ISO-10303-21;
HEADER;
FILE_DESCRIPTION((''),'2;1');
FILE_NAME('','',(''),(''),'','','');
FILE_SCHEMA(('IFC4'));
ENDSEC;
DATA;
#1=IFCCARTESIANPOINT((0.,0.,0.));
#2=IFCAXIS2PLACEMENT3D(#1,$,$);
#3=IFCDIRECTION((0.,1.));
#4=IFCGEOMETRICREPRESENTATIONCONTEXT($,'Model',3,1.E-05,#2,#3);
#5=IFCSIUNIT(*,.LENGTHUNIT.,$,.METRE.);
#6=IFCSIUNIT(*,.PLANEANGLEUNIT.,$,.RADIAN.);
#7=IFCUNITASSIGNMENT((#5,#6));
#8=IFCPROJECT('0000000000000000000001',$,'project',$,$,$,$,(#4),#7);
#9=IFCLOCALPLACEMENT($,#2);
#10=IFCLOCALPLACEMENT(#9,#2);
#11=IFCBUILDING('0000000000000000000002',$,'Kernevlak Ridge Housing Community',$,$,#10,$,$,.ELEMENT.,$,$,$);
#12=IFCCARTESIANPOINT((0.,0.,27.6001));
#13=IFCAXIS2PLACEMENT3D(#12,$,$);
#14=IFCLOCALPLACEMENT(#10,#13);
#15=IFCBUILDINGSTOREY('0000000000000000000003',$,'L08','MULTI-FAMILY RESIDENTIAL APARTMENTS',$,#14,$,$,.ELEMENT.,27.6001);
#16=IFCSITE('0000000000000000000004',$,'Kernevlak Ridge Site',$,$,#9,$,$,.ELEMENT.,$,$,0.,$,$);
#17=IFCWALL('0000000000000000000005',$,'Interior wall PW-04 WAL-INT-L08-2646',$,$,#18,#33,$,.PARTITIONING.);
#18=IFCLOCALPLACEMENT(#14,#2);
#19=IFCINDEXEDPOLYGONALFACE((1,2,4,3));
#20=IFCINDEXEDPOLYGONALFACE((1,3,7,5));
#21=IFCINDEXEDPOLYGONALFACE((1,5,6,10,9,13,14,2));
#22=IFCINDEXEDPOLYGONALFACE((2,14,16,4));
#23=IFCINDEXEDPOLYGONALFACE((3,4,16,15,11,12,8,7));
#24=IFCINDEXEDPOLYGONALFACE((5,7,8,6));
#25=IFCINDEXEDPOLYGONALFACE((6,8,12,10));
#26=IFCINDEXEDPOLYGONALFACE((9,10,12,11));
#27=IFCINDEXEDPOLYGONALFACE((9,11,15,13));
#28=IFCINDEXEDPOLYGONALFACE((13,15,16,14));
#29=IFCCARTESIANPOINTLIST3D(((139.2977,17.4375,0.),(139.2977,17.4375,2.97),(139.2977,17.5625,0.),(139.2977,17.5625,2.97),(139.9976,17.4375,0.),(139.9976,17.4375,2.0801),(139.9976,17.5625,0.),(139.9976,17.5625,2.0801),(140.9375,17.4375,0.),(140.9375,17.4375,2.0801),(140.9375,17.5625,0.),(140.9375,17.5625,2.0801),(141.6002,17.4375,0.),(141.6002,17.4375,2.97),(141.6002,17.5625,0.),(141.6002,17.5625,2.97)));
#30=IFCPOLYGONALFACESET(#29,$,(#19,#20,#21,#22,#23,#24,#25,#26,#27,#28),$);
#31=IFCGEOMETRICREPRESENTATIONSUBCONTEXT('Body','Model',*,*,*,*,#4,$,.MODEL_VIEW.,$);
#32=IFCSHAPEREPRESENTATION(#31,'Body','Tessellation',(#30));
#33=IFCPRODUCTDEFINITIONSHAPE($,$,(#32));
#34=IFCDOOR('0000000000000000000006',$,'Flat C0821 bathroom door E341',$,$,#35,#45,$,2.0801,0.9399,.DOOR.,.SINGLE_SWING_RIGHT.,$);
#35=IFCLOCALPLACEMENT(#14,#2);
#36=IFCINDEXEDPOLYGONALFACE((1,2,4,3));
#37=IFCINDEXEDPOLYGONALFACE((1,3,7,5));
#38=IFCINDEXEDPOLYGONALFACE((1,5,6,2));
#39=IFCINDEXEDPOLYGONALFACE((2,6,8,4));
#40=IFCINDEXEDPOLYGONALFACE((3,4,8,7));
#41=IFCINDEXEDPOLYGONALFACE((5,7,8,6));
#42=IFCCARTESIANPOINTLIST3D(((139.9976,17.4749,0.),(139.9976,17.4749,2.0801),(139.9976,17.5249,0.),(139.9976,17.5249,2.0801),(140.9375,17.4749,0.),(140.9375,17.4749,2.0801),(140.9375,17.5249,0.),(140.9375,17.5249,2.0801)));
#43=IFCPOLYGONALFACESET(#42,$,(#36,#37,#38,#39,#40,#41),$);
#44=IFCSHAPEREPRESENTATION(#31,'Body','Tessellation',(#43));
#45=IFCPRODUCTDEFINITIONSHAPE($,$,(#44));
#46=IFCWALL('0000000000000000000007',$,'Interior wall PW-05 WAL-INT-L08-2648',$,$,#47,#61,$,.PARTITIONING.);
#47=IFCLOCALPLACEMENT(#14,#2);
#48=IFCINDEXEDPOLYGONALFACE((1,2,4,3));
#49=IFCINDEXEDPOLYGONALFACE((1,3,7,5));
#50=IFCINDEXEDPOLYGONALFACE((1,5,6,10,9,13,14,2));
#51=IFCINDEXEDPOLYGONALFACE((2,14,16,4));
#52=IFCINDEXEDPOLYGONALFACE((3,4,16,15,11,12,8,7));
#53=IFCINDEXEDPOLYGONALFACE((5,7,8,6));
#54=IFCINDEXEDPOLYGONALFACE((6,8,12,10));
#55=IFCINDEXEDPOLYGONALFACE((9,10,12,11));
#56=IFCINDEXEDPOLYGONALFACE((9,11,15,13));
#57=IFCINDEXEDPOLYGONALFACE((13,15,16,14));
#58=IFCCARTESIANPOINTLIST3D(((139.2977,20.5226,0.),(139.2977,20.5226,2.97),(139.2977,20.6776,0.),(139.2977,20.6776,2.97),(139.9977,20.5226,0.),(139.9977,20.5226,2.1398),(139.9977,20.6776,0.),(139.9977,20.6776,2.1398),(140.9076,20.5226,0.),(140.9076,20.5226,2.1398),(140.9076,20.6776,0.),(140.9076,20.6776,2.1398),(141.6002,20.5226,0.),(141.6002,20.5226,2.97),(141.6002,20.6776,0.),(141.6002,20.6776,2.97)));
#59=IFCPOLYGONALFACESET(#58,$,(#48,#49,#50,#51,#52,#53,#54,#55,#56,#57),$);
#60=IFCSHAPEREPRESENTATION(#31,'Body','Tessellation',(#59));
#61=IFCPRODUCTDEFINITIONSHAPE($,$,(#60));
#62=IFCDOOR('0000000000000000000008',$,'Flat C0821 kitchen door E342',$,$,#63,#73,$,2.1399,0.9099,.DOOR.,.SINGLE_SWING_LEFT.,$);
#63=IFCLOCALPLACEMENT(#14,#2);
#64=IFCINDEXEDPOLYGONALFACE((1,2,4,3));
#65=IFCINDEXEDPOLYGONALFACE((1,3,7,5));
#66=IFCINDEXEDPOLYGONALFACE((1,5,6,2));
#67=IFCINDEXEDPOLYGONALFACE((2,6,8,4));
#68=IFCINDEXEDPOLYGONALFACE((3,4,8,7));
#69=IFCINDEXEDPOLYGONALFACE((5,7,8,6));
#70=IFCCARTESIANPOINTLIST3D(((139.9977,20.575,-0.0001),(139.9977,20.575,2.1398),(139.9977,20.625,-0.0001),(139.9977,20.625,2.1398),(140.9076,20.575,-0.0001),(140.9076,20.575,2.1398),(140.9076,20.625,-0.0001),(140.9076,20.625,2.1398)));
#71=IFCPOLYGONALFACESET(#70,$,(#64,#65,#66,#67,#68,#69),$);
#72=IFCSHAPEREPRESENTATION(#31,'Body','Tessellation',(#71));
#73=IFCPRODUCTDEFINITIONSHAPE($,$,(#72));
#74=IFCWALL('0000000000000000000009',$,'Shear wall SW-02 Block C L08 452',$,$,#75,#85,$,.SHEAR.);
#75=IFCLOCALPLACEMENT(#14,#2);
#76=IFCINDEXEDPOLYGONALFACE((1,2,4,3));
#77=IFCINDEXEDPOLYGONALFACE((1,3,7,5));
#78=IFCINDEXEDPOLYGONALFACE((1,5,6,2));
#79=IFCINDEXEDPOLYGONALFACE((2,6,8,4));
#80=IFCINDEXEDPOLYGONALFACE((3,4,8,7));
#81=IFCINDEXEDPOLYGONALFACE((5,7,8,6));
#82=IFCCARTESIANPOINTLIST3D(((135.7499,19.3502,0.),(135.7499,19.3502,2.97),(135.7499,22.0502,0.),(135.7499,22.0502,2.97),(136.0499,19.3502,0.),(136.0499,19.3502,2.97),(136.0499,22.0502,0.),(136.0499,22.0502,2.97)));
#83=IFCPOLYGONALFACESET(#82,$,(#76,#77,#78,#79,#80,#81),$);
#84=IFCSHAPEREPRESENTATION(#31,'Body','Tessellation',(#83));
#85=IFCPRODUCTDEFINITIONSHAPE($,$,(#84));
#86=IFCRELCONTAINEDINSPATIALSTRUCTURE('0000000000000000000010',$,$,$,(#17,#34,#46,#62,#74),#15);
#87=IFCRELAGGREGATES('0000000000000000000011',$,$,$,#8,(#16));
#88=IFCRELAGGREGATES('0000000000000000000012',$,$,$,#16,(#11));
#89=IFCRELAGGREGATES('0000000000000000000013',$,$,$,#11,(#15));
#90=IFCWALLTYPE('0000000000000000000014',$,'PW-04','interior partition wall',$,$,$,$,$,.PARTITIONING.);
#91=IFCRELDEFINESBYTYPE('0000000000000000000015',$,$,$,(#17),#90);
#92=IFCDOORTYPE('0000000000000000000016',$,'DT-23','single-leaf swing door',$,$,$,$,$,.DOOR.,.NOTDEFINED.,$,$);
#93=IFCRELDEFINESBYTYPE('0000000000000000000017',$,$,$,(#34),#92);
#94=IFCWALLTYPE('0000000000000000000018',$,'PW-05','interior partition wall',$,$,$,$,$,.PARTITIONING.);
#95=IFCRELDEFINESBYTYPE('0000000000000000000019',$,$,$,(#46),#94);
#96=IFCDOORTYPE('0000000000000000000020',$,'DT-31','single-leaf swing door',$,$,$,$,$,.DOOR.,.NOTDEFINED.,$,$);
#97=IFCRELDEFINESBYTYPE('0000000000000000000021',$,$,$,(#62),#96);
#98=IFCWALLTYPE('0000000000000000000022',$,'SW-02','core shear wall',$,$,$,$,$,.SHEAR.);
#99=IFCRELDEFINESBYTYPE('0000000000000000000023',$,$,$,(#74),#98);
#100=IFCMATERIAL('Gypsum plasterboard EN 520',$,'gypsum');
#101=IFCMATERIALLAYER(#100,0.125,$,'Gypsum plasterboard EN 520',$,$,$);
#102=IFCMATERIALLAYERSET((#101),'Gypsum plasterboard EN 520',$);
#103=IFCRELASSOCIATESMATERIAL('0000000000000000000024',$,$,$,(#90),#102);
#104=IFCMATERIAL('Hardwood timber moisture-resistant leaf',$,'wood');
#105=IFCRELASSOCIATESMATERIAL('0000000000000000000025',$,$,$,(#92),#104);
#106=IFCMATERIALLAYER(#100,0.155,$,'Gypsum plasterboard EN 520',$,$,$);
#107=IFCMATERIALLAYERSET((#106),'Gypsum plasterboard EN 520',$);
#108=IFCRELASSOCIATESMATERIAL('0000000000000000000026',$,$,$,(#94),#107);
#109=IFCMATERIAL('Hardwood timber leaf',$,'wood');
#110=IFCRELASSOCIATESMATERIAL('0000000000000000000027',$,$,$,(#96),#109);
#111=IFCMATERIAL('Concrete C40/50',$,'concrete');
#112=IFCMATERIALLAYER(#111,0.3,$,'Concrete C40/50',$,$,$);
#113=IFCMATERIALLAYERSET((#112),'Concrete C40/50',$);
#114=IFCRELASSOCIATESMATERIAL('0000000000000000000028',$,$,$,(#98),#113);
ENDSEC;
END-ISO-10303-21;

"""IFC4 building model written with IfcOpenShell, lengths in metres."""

from ifc_helpers import new_model, si_unit, direction, frame, frame_2d, origin, place, context, subcontext, project, spatial, rectangle, extrude, material, layer, layer_set, type_object, element, fill, save


model = new_model("IFC4")

# Units and contexts
model_context = context("Model", 3, precision=1e-05, world=origin(), true_north=direction((0.0, 1.0)))
body_context = subcontext(model_context, "Body", "Model", "MODEL_VIEW")
ifc_project = project(units=[si_unit("LENGTHUNIT", "METRE"), si_unit("PLANEANGLEUNIT", "RADIAN")], contexts=[model_context])

# Site, building, storey
site_placement = place(None, origin())
site = spatial("IfcSite", under=ifc_project, at=site_placement, Name="Kernevlak Ridge Site", CompositionType="ELEMENT", RefElevation=0.0)
building_placement = place(site_placement, origin())
building = spatial("IfcBuilding", under=site, at=building_placement, Name="Kernevlak Ridge Housing Community", CompositionType="ELEMENT")
storey_placement = place(building_placement, frame((0.0, 0.0, 27.6001)))
storey = spatial("IfcBuildingStorey", under=building, at=storey_placement, Name="L08", Description="MULTI-FAMILY RESIDENTIAL APARTMENTS", CompositionType="ELEMENT", Elevation=27.6001)

# Walls, openings, doors
ifc_material_1 = material(Name="Gypsum plasterboard EN 520", Category="gypsum")
ifc_layer_1 = layer(ifc_material_1, 0.125, Name="Gypsum plasterboard EN 520")
ifc_layer_set_1 = layer_set([ifc_layer_1], Name="Gypsum plasterboard EN 520")
wall_type_1 = type_object("IfcWallType", Name="PW-04", Description="interior partition wall", PredefinedType="PARTITIONING", material=ifc_layer_set_1)
wall_1_placement = place(storey_placement, frame((139.2976, 17.5, 0.0), z_axis=(0.0, 0.0, 1.0), x_axis=(1.0, 0.0, 0.0)))
wall_1 = element("IfcWall", 1, at=wall_1_placement, inside=storey, type_object=wall_type_1, Name="Interior wall PW-04 WAL-INT-L08-2646", PredefinedType="PARTITIONING", context=body_context, shape_type="SweptSolid", body=[
    extrude(rectangle(XDim=2.3025, YDim=0.125, at=frame_2d((1.1514, 0.0))), origin(), (0.0, 0.0, 1.0), 2.97),
])
opening_1_placement = place(wall_1_placement, frame((0.7, 0.0, 0.0)))
opening_1 = element("IfcOpeningElement", 2, at=opening_1_placement, cuts=wall_1, PredefinedType="OPENING", context=body_context, shape_type="SweptSolid", body=[
    extrude(rectangle(XDim=0.9399, YDim=2.0801, at=frame_2d((0.47, 1.04))), frame((0.0, 0.0725, 0.0), z_axis=(0.0, -1.0, 0.0), x_axis=(1.0, 0.0, 0.0)), (0.0, 0.0, 1.0), 0.145),
])
ifc_material_2 = material(Name="Hardwood timber moisture-resistant leaf", Category="wood")
door_type_1 = type_object("IfcDoorType", Name="DT-23", Description="single-leaf swing door", OperationType="NOTDEFINED", PredefinedType="DOOR", material=ifc_material_2)
door_1_placement = place(opening_1_placement, origin())
door_1 = element("IfcDoor", 3, at=door_1_placement, inside=storey, type_object=door_type_1, Name="Flat C0821 bathroom door E341", OperationType="SINGLE_SWING_RIGHT", OverallHeight=2.0801, OverallWidth=0.9399, PredefinedType="DOOR", context=body_context, shape_type="SweptSolid", body=[
    extrude(rectangle(XDim=0.9399, YDim=2.0801, at=frame_2d((0.47, 1.04))), frame((0.0, 0.0249, 0.0), z_axis=(0.0, -1.0, 0.0), x_axis=(1.0, 0.0, 0.0)), (0.0, 0.0, 1.0), 0.05),
])
fill(opening_1, door_1)
ifc_layer_2 = layer(ifc_material_1, 0.155, Name="Gypsum plasterboard EN 520")
ifc_layer_set_2 = layer_set([ifc_layer_2], Name="Gypsum plasterboard EN 520")
wall_type_2 = type_object("IfcWallType", Name="PW-05", Description="interior partition wall", PredefinedType="PARTITIONING", material=ifc_layer_set_2)
wall_2_placement = place(storey_placement, frame((139.2976, 20.6001, 0.0), z_axis=(0.0, 0.0, 1.0), x_axis=(1.0, 0.0, 0.0)))
wall_2 = element("IfcWall", 4, at=wall_2_placement, inside=storey, type_object=wall_type_2, Name="Interior wall PW-05 WAL-INT-L08-2648", PredefinedType="PARTITIONING", context=body_context, shape_type="SweptSolid", body=[
    extrude(rectangle(XDim=2.3025, YDim=0.155, at=frame_2d((1.1514, 0.0))), origin(), (0.0, 0.0, 1.0), 2.97),
])
opening_2_placement = place(wall_2_placement, frame((0.7, 0.0, 0.0)))
opening_2 = element("IfcOpeningElement", 5, at=opening_2_placement, cuts=wall_2, PredefinedType="OPENING", context=body_context, shape_type="SweptSolid", body=[
    extrude(rectangle(XDim=0.9099, YDim=2.1399, at=frame_2d((0.4551, 1.0698))), frame((0.0, 0.0874, 0.0), z_axis=(0.0, -1.0, 0.0), x_axis=(1.0, 0.0, 0.0)), (0.0, 0.0, 1.0), 0.175),
])
ifc_material_3 = material(Name="Hardwood timber leaf", Category="wood")
door_type_2 = type_object("IfcDoorType", Name="DT-31", Description="single-leaf swing door", OperationType="NOTDEFINED", PredefinedType="DOOR", material=ifc_material_3)
door_2_placement = place(opening_2_placement, origin())
door_2 = element("IfcDoor", 6, at=door_2_placement, inside=storey, type_object=door_type_2, Name="Flat C0821 kitchen door E342", OperationType="SINGLE_SWING_LEFT", OverallHeight=2.1399, OverallWidth=0.9099, PredefinedType="DOOR", context=body_context, shape_type="SweptSolid", body=[
    extrude(rectangle(XDim=0.9099, YDim=2.1399, at=frame_2d((0.4551, 1.0698))), frame((0.0, 0.0249, 0.0), z_axis=(0.0, -1.0, 0.0), x_axis=(1.0, 0.0, 0.0)), (0.0, 0.0, 1.0), 0.05),
])
fill(opening_2, door_2)

# Wall
ifc_material_4 = material(Name="Concrete C40/50", Category="concrete")
ifc_layer_3 = layer(ifc_material_4, 0.3, Name="Concrete C40/50")
ifc_layer_set_3 = layer_set([ifc_layer_3], Name="Concrete C40/50")
wall_type_3 = type_object("IfcWallType", Name="SW-02", Description="core shear wall", PredefinedType="SHEAR", material=ifc_layer_set_3)
wall_3_placement = place(storey_placement, frame((135.8999, 19.3501, 0.0), z_axis=(0.0, 0.0, 1.0), x_axis=(0.0, 1.0, 0.0)))
element("IfcWall", 7, at=wall_3_placement, inside=storey, type_object=wall_type_3, Name="Shear wall SW-02 Block C L08 452", PredefinedType="SHEAR", context=body_context, shape_type="SweptSolid", body=[
    extrude(rectangle(XDim=2.7, YDim=0.3, at=frame_2d((1.3501, 0.0))), origin(), (0.0, 0.0, 1.0), 2.97),
])

save(model, "model.ifc")
